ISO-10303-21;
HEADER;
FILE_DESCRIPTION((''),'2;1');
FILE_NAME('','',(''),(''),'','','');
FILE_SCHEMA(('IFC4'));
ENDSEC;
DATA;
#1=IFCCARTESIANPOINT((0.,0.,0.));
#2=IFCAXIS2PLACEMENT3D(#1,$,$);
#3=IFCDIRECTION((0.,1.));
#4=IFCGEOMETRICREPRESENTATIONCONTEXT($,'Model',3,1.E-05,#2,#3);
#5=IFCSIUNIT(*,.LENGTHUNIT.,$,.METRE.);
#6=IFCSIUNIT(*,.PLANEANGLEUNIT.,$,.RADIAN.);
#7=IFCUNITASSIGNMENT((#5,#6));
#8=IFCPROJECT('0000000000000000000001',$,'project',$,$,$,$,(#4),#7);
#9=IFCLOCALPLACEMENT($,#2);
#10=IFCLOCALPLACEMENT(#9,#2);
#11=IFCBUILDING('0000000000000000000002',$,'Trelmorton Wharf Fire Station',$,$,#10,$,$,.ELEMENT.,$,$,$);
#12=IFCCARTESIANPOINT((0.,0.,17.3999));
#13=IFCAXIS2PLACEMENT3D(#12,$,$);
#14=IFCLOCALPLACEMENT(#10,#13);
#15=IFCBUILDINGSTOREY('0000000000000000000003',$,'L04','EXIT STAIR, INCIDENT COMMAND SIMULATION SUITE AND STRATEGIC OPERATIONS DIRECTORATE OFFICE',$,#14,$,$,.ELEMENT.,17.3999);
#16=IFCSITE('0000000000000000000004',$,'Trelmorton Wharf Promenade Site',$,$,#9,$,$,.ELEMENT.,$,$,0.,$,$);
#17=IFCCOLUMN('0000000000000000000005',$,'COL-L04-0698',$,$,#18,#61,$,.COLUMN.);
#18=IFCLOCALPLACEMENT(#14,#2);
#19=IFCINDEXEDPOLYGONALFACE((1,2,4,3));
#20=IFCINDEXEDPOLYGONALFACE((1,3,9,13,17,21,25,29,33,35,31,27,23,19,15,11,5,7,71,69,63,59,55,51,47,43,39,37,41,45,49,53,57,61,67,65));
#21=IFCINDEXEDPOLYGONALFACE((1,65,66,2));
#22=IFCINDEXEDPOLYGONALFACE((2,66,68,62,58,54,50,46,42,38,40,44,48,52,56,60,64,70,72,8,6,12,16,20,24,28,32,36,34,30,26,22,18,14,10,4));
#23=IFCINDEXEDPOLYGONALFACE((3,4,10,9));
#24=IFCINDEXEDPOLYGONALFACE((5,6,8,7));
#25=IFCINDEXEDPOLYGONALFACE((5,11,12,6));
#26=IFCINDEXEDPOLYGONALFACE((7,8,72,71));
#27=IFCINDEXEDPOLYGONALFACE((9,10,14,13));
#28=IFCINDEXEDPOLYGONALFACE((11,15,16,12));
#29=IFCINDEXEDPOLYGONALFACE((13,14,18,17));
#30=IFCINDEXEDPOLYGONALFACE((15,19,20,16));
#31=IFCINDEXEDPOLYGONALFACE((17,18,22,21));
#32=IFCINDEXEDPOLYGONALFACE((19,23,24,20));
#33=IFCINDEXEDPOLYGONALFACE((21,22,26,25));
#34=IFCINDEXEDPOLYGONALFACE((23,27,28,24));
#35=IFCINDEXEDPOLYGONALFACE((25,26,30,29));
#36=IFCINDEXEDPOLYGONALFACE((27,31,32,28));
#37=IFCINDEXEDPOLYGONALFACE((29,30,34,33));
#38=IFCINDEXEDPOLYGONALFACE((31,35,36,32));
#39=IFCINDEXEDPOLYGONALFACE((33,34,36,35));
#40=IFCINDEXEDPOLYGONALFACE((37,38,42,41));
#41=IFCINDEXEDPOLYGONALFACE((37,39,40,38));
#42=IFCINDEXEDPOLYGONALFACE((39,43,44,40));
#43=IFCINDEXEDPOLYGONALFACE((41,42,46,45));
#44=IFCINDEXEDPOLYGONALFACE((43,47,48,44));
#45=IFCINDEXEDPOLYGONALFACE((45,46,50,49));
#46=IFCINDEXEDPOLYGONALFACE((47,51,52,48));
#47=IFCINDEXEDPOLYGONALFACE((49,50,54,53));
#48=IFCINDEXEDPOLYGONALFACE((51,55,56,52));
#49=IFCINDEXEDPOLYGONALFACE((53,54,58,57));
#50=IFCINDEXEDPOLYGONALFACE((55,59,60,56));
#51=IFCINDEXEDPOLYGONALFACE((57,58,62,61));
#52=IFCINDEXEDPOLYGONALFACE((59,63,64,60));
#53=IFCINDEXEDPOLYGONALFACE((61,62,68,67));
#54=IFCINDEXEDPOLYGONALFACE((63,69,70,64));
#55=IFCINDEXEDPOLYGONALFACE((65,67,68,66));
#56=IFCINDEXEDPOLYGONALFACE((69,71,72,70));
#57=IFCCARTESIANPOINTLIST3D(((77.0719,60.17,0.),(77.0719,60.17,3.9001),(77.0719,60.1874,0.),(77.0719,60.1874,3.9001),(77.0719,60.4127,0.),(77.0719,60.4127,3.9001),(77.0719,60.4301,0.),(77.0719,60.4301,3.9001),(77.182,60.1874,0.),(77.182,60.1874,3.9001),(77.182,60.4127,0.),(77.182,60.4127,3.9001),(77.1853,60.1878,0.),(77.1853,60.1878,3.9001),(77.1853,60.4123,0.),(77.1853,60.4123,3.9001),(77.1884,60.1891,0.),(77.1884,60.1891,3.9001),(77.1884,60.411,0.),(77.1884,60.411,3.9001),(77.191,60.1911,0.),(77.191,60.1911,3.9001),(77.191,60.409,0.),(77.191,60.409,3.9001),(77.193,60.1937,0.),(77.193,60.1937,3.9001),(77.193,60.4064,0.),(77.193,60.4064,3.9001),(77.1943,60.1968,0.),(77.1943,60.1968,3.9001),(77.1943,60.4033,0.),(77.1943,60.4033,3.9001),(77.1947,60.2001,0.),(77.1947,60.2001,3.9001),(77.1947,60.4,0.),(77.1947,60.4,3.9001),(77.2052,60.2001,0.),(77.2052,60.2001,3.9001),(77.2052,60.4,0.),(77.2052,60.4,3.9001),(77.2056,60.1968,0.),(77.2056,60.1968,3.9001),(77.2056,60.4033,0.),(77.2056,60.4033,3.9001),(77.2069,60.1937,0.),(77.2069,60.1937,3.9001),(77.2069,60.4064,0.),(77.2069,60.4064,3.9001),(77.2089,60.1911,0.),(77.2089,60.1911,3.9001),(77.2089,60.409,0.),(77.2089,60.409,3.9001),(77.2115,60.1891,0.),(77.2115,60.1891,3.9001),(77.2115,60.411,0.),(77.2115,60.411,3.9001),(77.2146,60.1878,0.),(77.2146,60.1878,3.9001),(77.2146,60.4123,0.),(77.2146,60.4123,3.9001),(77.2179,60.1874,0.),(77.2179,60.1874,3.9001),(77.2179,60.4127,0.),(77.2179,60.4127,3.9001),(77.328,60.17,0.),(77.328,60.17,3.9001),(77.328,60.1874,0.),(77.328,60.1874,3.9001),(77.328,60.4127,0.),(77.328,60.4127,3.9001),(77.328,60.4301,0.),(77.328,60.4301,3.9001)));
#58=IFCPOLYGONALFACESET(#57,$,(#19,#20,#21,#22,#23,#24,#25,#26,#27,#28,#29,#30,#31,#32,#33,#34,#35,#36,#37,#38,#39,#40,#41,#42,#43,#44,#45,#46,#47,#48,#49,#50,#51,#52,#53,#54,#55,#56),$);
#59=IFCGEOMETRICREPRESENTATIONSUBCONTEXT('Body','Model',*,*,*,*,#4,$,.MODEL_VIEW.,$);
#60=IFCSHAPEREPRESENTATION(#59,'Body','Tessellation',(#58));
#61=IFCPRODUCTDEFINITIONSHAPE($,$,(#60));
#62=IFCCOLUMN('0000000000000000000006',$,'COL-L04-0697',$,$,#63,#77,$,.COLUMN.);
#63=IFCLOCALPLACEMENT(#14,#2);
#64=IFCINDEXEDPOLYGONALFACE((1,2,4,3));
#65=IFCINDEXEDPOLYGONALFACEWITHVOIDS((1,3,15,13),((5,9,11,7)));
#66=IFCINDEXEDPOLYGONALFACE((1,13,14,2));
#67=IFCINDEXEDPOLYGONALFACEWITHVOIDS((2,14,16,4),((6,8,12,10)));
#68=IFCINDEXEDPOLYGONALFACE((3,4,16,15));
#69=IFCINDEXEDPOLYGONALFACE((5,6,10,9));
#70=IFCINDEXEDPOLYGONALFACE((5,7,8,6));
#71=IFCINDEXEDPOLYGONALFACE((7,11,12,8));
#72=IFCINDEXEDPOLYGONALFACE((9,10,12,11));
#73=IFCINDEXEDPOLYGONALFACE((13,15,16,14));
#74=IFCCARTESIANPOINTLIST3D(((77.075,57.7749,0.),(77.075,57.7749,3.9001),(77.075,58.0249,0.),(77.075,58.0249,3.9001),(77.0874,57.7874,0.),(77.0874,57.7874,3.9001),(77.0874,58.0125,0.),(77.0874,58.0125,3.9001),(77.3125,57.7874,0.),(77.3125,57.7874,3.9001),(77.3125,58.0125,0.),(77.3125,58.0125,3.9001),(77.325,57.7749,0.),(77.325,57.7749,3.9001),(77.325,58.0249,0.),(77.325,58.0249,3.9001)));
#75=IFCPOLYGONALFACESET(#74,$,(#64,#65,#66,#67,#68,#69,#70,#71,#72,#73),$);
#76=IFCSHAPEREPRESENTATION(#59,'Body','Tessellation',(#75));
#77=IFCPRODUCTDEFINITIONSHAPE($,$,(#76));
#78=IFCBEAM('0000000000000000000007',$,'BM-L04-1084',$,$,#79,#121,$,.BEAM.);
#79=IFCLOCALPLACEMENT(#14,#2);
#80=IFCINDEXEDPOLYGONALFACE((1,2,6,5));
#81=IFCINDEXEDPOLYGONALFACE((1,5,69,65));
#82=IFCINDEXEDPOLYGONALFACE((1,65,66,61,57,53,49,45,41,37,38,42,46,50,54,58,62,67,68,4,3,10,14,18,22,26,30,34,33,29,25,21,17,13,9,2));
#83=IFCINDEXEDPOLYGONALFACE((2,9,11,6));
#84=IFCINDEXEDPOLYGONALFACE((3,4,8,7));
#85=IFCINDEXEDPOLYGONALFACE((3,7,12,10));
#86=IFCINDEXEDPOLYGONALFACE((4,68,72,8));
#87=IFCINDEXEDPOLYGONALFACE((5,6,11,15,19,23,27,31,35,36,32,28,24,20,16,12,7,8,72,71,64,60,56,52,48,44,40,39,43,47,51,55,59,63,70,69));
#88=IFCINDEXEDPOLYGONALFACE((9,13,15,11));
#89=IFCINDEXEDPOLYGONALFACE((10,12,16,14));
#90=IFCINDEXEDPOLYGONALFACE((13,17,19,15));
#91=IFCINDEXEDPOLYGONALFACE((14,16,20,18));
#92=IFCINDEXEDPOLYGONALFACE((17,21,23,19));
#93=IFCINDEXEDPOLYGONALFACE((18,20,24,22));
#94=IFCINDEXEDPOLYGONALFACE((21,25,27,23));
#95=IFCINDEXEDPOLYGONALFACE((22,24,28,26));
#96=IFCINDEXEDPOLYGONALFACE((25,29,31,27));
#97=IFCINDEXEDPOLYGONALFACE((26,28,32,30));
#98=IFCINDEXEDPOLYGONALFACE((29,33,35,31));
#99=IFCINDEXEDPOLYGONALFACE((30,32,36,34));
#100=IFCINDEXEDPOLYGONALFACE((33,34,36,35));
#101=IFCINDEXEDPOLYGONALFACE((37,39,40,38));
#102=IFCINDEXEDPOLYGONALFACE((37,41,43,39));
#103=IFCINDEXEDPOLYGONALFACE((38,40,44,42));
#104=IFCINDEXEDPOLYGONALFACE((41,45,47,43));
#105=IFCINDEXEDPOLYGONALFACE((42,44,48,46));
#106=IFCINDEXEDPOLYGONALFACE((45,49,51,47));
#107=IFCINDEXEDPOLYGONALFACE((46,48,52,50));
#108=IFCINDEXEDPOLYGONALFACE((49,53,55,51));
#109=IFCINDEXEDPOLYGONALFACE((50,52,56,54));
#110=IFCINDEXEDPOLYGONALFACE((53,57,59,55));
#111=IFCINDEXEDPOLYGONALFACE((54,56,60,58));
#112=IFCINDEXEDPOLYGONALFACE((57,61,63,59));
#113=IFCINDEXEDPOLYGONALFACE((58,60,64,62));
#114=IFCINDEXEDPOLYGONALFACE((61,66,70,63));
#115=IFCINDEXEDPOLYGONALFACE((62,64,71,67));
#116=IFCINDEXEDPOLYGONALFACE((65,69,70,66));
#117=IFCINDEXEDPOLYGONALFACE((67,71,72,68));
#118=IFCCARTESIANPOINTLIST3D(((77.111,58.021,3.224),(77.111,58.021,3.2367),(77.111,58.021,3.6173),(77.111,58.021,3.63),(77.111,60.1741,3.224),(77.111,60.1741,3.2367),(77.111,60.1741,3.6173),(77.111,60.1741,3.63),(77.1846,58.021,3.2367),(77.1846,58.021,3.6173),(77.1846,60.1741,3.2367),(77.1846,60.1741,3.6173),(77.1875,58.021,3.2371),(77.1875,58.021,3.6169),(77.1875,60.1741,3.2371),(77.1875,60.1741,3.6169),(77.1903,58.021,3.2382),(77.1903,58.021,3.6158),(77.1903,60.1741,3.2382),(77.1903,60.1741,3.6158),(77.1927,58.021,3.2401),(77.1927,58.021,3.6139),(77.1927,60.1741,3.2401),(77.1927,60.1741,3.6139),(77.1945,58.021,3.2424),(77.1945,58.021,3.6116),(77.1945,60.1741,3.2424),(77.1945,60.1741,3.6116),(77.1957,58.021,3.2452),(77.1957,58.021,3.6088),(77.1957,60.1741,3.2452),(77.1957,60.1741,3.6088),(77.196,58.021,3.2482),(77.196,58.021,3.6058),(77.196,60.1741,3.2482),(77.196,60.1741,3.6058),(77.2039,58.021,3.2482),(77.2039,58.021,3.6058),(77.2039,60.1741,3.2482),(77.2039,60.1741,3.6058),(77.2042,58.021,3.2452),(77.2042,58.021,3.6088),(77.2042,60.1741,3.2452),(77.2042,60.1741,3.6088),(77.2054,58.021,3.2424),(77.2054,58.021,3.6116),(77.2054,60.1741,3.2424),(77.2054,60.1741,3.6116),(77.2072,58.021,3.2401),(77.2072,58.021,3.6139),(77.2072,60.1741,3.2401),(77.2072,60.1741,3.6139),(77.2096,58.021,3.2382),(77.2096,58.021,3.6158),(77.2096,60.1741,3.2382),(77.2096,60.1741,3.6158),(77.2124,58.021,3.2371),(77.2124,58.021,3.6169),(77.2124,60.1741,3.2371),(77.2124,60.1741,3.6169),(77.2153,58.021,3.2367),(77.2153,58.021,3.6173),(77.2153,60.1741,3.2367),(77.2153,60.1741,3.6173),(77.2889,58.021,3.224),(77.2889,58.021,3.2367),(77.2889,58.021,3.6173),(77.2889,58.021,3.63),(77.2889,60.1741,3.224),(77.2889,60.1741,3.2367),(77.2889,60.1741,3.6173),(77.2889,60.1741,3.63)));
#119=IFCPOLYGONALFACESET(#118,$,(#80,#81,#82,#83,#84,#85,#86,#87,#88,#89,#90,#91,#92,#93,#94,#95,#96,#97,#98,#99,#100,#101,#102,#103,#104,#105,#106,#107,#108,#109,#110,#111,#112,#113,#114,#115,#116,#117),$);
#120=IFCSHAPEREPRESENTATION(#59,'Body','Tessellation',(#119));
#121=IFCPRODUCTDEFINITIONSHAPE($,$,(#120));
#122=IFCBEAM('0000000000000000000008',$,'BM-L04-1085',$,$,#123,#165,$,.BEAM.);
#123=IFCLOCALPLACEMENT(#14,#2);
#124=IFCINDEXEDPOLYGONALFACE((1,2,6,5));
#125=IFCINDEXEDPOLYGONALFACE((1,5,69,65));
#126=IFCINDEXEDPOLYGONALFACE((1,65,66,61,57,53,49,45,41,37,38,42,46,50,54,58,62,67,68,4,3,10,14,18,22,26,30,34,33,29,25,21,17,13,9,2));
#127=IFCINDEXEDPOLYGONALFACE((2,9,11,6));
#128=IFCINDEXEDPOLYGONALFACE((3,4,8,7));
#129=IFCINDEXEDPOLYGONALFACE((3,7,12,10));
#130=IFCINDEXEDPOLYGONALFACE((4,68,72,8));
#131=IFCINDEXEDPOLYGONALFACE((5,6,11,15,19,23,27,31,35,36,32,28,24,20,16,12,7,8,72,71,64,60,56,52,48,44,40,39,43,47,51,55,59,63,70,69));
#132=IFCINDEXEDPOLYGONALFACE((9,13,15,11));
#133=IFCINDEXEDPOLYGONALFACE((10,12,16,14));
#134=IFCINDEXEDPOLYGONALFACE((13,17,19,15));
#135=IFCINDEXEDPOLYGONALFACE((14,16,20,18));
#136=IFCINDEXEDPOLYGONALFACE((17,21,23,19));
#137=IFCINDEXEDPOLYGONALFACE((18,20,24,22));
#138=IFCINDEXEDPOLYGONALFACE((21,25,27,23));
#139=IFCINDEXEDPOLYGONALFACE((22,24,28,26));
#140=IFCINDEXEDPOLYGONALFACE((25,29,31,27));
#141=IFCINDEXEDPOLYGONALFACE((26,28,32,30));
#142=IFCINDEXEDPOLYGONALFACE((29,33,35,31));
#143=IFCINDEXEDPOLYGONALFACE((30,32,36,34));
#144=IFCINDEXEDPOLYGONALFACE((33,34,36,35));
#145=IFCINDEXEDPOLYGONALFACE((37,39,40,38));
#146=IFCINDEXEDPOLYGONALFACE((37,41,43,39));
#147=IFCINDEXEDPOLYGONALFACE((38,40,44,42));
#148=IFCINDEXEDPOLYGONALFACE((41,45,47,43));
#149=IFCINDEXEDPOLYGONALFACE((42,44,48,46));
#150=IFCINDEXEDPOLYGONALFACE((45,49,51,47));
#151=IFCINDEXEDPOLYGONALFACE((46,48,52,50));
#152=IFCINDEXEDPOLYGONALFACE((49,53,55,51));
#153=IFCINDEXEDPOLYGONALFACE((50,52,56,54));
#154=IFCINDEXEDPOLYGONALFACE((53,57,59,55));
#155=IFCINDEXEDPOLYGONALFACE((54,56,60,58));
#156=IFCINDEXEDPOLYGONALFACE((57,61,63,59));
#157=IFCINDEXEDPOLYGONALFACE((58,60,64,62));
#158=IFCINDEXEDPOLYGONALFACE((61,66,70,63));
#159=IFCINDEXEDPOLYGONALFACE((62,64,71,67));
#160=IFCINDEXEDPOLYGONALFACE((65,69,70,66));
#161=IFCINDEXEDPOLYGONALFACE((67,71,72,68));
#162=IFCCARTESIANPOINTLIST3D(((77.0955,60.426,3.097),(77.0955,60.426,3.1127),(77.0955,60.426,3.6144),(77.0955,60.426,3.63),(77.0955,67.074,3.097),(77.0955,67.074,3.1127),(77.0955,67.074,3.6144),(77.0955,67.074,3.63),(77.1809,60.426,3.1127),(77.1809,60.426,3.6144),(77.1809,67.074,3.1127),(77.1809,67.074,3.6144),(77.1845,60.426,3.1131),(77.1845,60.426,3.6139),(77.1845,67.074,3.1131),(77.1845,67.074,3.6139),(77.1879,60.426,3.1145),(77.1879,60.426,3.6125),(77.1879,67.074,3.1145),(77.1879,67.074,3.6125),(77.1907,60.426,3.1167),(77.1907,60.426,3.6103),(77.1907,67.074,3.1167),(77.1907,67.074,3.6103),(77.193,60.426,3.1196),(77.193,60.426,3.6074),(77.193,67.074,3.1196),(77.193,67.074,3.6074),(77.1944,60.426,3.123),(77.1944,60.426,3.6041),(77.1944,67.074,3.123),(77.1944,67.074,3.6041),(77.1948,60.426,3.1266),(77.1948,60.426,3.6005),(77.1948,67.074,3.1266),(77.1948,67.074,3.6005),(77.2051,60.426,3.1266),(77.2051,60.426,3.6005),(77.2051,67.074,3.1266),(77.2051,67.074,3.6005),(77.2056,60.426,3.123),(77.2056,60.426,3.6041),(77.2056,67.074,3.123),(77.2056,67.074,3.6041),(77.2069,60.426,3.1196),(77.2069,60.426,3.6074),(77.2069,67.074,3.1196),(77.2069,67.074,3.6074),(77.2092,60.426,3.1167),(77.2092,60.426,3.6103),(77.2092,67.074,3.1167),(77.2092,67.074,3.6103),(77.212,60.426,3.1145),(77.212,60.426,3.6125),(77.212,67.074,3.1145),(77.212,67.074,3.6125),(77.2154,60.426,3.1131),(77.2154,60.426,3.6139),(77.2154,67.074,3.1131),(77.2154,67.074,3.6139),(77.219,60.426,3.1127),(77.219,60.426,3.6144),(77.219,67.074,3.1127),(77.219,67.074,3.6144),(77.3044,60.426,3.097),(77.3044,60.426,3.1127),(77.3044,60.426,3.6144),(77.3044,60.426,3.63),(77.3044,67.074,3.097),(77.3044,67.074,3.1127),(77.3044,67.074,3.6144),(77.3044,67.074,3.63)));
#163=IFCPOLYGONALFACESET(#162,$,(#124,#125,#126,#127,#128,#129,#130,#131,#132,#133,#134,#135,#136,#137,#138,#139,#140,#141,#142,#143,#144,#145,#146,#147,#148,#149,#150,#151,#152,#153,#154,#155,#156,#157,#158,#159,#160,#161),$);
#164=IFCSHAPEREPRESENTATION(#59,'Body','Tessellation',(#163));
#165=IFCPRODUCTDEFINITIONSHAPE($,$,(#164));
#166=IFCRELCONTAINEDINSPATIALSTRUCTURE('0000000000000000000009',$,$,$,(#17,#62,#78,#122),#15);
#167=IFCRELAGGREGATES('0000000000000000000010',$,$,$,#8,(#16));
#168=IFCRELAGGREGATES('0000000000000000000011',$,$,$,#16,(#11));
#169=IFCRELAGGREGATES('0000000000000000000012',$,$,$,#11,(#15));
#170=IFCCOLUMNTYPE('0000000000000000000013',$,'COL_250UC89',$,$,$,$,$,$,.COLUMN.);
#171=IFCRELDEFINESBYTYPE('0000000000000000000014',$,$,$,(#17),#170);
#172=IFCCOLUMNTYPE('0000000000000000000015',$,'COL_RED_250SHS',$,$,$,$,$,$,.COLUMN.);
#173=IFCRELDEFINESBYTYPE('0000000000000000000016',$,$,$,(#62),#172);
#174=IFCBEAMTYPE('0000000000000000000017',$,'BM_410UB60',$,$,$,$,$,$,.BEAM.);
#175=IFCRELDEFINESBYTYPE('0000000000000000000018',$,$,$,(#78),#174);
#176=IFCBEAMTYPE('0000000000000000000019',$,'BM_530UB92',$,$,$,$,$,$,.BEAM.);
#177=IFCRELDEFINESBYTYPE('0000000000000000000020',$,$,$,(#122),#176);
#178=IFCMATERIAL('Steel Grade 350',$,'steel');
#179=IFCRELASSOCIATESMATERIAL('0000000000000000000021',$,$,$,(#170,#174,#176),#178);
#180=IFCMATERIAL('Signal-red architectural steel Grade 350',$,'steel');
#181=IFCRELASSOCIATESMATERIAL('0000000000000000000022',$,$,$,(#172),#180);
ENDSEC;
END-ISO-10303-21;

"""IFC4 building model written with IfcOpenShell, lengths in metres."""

from ifc_helpers import new_model, si_unit, direction, frame, origin, origin_2d, place, context, subcontext, project, spatial, hollow_rectangle, i_section, extrude, material, material_profile, profile_set, type_object, element, save


model = new_model("IFC4")

# Units and contexts
model_context = context("Model", 3, precision=1e-05, world=origin(), true_north=direction((0.0, 1.0)))
body_context = subcontext(model_context, "Body", "Model", "MODEL_VIEW")
ifc_project = project(units=[si_unit("LENGTHUNIT", "METRE"), si_unit("PLANEANGLEUNIT", "RADIAN")], contexts=[model_context])

# Site, building, storey
site_placement = place(None, origin())
site = spatial("IfcSite", under=ifc_project, at=site_placement, Name="Trelmorton Wharf Promenade Site", CompositionType="ELEMENT", RefElevation=0.0)
building_placement = place(site_placement, origin())
building = spatial("IfcBuilding", under=site, at=building_placement, Name="Trelmorton Wharf Fire Station", CompositionType="ELEMENT")
storey_placement = place(building_placement, frame((0.0, 0.0, 17.3999)))
storey = spatial("IfcBuildingStorey", under=building, at=storey_placement, Name="L04", Description="EXIT STAIR, INCIDENT COMMAND SIMULATION SUITE AND STRATEGIC OPERATIONS DIRECTORATE OFFICE", CompositionType="ELEMENT", Elevation=17.3999)

# Columns
ifc_material_1 = material(Name="Steel Grade 350", Category="steel")
ifc_material_profile_1 = material_profile(ifc_material_1, i_section(OverallWidth=0.2561, OverallDepth=0.26, WebThickness=0.0105, FlangeThickness=0.0173, FilletRadius=0.0127, at=origin_2d()), Name="250UC89.5")
ifc_profile_set_1 = profile_set([ifc_material_profile_1], Name="Steel Grade 350")
column_type_1 = type_object("IfcColumnType", Name="COL_250UC89", PredefinedType="COLUMN", material=ifc_profile_set_1)
column_1_placement = place(storey_placement, frame((77.2, 60.3, 0.0), z_axis=(0.0, 0.0, 1.0), x_axis=(1.0, 0.0, 0.0)))
element("IfcColumn", 1, at=column_1_placement, inside=storey, type_object=column_type_1, Name="COL-L04-0698", PredefinedType="COLUMN", context=body_context, shape_type="SweptSolid", body=[
    extrude(i_section(OverallWidth=0.2561, OverallDepth=0.26, WebThickness=0.0105, FlangeThickness=0.0173, FilletRadius=0.0127, at=origin_2d()), origin(), (0.0, 0.0, 1.0), 3.9001),
])
ifc_material_2 = material(Name="Signal-red architectural steel Grade 350", Category="steel")
ifc_material_profile_2 = material_profile(ifc_material_2, hollow_rectangle(XDim=0.25, YDim=0.25, WallThickness=0.0125, at=origin_2d()), Name="250x250x12.5SHS")
ifc_profile_set_2 = profile_set([ifc_material_profile_2], Name="Signal-red architectural steel Grade 350")
column_type_2 = type_object("IfcColumnType", Name="COL_RED_250SHS", PredefinedType="COLUMN", material=ifc_profile_set_2)
column_2_placement = place(storey_placement, frame((77.2, 57.8999, 0.0), z_axis=(0.0, 0.0, 1.0), x_axis=(1.0, 0.0, 0.0)))
element("IfcColumn", 2, at=column_2_placement, inside=storey, type_object=column_type_2, Name="COL-L04-0697", PredefinedType="COLUMN", context=body_context, shape_type="SweptSolid", body=[
    extrude(hollow_rectangle(XDim=0.25, YDim=0.25, WallThickness=0.0125, at=origin_2d()), origin(), (0.0, 0.0, 1.0), 3.9001),
])

# Beams
ifc_material_profile_3 = material_profile(ifc_material_1, i_section(OverallWidth=0.178, OverallDepth=0.406, WebThickness=0.0078, FlangeThickness=0.0127, FilletRadius=0.0115, at=origin_2d()), Name="410UB59.7")
ifc_profile_set_3 = profile_set([ifc_material_profile_3], Name="Steel Grade 350")
beam_type_1 = type_object("IfcBeamType", Name="BM_410UB60", PredefinedType="BEAM", material=ifc_profile_set_3)
beam_1_placement = place(storey_placement, frame((77.2, 58.021, 3.427), z_axis=(0.0, 1.0, 0.0), x_axis=(-1.0, 0.0, 0.0)))
element("IfcBeam", 3, at=beam_1_placement, inside=storey, type_object=beam_type_1, Name="BM-L04-1084", PredefinedType="BEAM", context=body_context, shape_type="SweptSolid", body=[
    extrude(i_section(OverallWidth=0.178, OverallDepth=0.406, WebThickness=0.0078, FlangeThickness=0.0127, FilletRadius=0.0115, at=origin_2d()), origin(), (0.0, 0.0, 1.0), 2.1531),
])
ifc_material_profile_4 = material_profile(ifc_material_1, i_section(OverallWidth=0.209, OverallDepth=0.533, WebThickness=0.0103, FlangeThickness=0.0156, FilletRadius=0.0139, at=origin_2d()), Name="530UB92.4")
ifc_profile_set_4 = profile_set([ifc_material_profile_4], Name="Steel Grade 350")
beam_type_2 = type_object("IfcBeamType", Name="BM_530UB92", PredefinedType="BEAM", material=ifc_profile_set_4)
beam_2_placement = place(storey_placement, frame((77.2, 60.426, 3.3635), z_axis=(0.0, 1.0, 0.0), x_axis=(-1.0, 0.0, 0.0)))
element("IfcBeam", 4, at=beam_2_placement, inside=storey, type_object=beam_type_2, Name="BM-L04-1085", PredefinedType="BEAM", context=body_context, shape_type="SweptSolid", body=[
    extrude(i_section(OverallWidth=0.209, OverallDepth=0.533, WebThickness=0.0103, FlangeThickness=0.0156, FilletRadius=0.0139, at=origin_2d()), origin(), (0.0, 0.0, 1.0), 6.6479),
])

save(model, "model.ifc")
